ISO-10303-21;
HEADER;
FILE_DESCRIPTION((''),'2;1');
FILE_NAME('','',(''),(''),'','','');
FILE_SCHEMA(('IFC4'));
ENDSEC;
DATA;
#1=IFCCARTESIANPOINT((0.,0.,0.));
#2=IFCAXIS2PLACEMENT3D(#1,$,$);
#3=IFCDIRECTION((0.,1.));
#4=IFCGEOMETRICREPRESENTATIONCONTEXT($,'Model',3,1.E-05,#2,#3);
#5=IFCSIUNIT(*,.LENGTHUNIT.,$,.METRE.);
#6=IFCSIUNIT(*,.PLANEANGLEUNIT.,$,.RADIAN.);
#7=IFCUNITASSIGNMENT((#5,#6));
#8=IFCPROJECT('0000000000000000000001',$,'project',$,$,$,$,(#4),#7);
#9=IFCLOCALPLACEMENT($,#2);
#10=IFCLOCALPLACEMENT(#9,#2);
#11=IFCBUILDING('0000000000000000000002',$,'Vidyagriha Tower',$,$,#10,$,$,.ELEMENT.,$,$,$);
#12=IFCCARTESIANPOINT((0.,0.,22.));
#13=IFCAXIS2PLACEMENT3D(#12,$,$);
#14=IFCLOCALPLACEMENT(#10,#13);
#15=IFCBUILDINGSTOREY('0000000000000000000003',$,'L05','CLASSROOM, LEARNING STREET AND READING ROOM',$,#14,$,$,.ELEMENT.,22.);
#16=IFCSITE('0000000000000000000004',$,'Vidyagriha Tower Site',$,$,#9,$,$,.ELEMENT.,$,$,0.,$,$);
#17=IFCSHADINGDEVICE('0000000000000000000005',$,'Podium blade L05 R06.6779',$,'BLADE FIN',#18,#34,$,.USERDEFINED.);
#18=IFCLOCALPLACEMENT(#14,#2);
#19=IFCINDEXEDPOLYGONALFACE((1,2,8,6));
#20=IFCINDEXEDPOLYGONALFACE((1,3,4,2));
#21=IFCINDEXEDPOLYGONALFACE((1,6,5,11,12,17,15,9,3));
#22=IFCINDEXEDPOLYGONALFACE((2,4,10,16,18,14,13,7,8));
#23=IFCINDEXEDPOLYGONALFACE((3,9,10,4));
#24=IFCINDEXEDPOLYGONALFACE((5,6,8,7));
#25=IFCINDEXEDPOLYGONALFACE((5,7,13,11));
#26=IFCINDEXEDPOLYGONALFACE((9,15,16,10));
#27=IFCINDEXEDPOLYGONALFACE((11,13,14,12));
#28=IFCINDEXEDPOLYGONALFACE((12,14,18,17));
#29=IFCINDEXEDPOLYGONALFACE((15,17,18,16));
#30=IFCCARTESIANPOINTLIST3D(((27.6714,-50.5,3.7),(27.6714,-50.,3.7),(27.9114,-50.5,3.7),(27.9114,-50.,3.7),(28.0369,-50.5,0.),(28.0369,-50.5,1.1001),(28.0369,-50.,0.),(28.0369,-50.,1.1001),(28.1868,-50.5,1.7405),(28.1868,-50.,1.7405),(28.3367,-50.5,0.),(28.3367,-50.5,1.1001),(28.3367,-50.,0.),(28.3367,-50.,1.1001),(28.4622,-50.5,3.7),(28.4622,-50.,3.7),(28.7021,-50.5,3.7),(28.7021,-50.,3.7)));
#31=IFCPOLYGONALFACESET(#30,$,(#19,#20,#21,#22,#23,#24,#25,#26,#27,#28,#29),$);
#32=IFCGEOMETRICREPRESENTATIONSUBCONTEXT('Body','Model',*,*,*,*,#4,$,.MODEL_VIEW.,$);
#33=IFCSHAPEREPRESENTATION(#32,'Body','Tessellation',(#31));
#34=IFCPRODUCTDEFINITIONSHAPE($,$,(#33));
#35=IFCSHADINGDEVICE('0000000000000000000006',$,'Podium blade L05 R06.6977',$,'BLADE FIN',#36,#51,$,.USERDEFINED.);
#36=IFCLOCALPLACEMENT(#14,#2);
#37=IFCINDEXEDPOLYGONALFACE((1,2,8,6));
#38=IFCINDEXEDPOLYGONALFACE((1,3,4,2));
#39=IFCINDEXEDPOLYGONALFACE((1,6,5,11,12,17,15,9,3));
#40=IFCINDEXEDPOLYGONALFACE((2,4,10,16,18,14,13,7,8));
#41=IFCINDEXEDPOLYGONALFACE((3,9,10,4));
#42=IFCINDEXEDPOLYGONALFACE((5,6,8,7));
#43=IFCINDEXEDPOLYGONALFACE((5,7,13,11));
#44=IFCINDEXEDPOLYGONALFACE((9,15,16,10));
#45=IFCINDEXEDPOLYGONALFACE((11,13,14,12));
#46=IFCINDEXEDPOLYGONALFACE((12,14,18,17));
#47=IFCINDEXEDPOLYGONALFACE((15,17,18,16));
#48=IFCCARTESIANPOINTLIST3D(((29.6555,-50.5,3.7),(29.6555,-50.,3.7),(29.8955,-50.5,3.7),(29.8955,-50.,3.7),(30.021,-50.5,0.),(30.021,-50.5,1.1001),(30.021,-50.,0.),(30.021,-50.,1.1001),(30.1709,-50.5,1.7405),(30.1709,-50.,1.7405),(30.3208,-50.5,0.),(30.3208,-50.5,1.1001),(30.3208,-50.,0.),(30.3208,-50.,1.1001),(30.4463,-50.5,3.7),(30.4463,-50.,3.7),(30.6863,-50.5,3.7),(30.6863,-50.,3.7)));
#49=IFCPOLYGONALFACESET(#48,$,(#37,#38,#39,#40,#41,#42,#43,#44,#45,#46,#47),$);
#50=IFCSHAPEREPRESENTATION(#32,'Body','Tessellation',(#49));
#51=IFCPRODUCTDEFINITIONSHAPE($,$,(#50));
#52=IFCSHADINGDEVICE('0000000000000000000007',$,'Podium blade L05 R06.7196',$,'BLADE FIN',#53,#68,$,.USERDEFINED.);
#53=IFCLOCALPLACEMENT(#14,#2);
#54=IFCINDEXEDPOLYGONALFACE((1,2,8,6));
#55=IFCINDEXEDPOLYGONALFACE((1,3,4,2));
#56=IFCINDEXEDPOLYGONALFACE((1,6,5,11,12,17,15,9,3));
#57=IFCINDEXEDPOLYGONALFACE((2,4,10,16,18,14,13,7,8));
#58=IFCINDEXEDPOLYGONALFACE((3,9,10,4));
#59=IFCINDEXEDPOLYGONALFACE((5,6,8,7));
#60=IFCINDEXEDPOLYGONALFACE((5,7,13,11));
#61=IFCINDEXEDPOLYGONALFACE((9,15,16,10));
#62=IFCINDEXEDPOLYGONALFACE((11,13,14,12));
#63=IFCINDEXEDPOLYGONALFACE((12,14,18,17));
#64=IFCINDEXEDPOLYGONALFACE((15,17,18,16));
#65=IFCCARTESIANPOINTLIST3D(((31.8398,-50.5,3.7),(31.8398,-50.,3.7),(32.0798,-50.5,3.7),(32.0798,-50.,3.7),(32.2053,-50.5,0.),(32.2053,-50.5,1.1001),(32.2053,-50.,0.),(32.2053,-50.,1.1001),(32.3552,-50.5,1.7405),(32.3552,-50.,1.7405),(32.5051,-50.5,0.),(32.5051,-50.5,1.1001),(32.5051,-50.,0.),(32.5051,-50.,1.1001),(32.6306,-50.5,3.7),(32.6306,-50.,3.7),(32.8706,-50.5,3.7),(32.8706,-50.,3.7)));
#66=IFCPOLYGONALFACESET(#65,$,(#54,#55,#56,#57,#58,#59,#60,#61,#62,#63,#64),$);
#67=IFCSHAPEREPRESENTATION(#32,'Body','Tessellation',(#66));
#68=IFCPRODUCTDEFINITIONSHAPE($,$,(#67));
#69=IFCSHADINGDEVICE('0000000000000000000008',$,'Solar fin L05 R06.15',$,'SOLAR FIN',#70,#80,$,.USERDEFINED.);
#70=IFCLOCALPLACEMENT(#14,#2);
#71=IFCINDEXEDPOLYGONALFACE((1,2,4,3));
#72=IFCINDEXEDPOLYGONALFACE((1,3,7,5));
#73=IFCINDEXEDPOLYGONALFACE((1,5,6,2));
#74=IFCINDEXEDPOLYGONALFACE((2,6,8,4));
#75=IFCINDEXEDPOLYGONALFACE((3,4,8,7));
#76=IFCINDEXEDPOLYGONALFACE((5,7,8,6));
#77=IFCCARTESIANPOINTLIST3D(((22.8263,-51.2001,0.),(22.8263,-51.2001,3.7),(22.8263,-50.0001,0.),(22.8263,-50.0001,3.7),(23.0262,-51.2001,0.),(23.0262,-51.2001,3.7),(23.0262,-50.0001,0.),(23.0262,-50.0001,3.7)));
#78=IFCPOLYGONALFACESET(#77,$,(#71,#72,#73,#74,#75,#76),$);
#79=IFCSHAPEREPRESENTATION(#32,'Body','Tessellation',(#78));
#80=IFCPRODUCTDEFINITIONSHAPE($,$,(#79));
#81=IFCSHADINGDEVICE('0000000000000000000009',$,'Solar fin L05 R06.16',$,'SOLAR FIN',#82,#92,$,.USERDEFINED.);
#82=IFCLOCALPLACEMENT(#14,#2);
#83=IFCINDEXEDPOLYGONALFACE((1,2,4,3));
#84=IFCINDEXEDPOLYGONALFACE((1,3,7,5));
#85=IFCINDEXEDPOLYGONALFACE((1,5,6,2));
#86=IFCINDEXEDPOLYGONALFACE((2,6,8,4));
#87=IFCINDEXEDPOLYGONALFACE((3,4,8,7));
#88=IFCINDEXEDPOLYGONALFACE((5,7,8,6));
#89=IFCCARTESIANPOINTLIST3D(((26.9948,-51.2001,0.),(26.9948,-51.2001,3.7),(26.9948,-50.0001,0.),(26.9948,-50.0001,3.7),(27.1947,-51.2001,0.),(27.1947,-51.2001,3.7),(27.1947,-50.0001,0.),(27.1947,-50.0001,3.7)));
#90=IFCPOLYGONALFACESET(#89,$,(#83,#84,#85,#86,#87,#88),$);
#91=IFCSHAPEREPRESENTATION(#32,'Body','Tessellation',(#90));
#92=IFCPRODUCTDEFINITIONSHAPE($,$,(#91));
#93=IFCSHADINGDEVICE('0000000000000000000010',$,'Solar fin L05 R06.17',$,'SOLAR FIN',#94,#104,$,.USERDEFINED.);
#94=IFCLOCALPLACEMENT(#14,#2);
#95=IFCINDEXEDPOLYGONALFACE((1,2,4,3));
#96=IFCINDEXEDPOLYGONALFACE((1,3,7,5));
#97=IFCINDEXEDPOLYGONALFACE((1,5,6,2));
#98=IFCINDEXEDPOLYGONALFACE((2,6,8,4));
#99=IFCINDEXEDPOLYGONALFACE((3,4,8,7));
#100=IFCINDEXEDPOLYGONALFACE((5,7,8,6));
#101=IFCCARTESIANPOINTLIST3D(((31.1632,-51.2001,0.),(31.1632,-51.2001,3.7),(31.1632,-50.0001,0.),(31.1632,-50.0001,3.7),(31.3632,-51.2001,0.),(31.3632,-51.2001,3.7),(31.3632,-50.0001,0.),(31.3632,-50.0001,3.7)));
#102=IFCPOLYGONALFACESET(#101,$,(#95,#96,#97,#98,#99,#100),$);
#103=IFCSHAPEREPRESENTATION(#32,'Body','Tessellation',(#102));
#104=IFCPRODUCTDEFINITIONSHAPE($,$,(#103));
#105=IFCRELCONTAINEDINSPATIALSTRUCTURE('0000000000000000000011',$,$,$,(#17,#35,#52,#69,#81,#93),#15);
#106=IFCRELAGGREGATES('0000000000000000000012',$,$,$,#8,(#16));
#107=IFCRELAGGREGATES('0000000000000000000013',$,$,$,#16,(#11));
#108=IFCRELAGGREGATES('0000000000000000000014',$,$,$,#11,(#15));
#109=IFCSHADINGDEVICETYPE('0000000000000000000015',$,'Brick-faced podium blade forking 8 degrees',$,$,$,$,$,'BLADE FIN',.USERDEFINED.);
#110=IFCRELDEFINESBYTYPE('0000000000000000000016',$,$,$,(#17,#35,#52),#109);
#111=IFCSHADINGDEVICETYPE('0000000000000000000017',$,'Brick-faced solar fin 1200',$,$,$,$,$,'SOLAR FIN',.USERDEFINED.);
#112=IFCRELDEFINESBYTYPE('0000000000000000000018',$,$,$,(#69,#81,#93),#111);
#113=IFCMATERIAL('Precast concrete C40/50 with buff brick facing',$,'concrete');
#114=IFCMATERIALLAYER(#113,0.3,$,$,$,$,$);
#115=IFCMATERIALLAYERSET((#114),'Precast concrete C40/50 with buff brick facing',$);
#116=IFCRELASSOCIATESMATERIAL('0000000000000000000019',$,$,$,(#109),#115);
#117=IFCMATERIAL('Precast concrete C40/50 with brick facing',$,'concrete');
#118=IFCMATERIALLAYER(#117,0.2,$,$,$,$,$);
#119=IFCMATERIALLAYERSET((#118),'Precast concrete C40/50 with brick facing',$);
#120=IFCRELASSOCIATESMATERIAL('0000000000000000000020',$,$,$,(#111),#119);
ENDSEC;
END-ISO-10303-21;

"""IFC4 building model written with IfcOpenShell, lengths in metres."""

from ifc_helpers import new_model, si_unit, direction, frame, frame_2d, origin, place, context, subcontext, project, spatial, polyline, rectangle, outline, extrude, material, layer, layer_set, type_object, element, save


model = new_model("IFC4")

# Units and contexts
model_context = context("Model", 3, precision=1e-05, world=origin(), true_north=direction((0.0, 1.0)))
body_context = subcontext(model_context, "Body", "Model", "MODEL_VIEW")
ifc_project = project(units=[si_unit("LENGTHUNIT", "METRE"), si_unit("PLANEANGLEUNIT", "RADIAN")], contexts=[model_context])

# Site, building, storey
site_placement = place(None, origin())
site = spatial("IfcSite", under=ifc_project, at=site_placement, Name="Vidyagriha Tower Site", CompositionType="ELEMENT", RefElevation=0.0)
building_placement = place(site_placement, origin())
building = spatial("IfcBuilding", under=site, at=building_placement, Name="Vidyagriha Tower", CompositionType="ELEMENT")
storey_placement = place(building_placement, frame((0.0, 0.0, 22.0)))
storey = spatial("IfcBuildingStorey", under=building, at=storey_placement, Name="L05", Description="CLASSROOM, LEARNING STREET AND READING ROOM", CompositionType="ELEMENT", Elevation=22.0)

# Shading devices
ifc_material_1 = material(Name="Precast concrete C40/50 with buff brick facing", Category="concrete")
ifc_layer_1 = layer(ifc_material_1, 0.3)
ifc_layer_set_1 = layer_set([ifc_layer_1], Name="Precast concrete C40/50 with buff brick facing")
shading_device_type_1 = type_object("IfcShadingDeviceType", Name="Brick-faced podium blade forking 8 degrees", ElementType="BLADE FIN", PredefinedType="USERDEFINED", material=ifc_layer_set_1)
for number, where, name in (
    (1, (27.6714, -50.25, 0.0), "Podium blade L05 R06.6779"),
    (2, (29.6555, -50.25, 0.0), "Podium blade L05 R06.6977"),
    (3, (31.8398, -50.25, 0.0), "Podium blade L05 R06.7196"),
):
    element("IfcShadingDevice", number, at=place(storey_placement, frame(where)), inside=storey, type_object=shading_device_type_1, Name=name, ObjectType="BLADE FIN", PredefinedType="USERDEFINED", context=body_context, shape_type="SweptSolid", body=[
        extrude(outline(polyline([(0.6653, 0.0), (0.6653, 1.1001), (1.0308, 3.7), (0.7908, 3.7), (0.5154, 1.7405), (0.24, 3.7), (0.0, 3.7), (0.3655, 1.1001), (0.3655, 0.0), (0.6653, 0.0)])), frame((0.0, 0.25, 0.0), z_axis=(0.0, -1.0, 0.0), x_axis=(1.0, 0.0, 0.0)), (0.0, 0.0, 1.0), 0.5),
    ])
ifc_material_2 = material(Name="Precast concrete C40/50 with brick facing", Category="concrete")
ifc_layer_2 = layer(ifc_material_2, 0.2)
ifc_layer_set_2 = layer_set([ifc_layer_2], Name="Precast concrete C40/50 with brick facing")
shading_device_type_2 = type_object("IfcShadingDeviceType", Name="Brick-faced solar fin 1200", ElementType="SOLAR FIN", PredefinedType="USERDEFINED", material=ifc_layer_set_2)
for number, where, z_axis, x_axis, name in (
    (4, (22.9263, -50.0, 0.0), (0.0, 0.0, 1.0), (0.0, -1.0, 0.0), "Solar fin L05 R06.15"),
    (5, (27.0947, -50.0, 0.0), (0.0, 0.0, 1.0), (0.0, -1.0, 0.0), "Solar fin L05 R06.16"),
    (6, (31.2632, -50.0, 0.0), (0.0, 0.0, 1.0), (0.0, -1.0, 0.0), "Solar fin L05 R06.17"),
):
    element("IfcShadingDevice", number, at=place(storey_placement, frame(where, z_axis=z_axis, x_axis=x_axis)), inside=storey, type_object=shading_device_type_2, Name=name, ObjectType="SOLAR FIN", PredefinedType="USERDEFINED", context=body_context, shape_type="SweptSolid", body=[
        extrude(rectangle(XDim=1.2, YDim=0.2, at=frame_2d((0.6001, 0.0))), origin(), (0.0, 0.0, 1.0), 3.7),
    ])

save(model, "model.ifc")
